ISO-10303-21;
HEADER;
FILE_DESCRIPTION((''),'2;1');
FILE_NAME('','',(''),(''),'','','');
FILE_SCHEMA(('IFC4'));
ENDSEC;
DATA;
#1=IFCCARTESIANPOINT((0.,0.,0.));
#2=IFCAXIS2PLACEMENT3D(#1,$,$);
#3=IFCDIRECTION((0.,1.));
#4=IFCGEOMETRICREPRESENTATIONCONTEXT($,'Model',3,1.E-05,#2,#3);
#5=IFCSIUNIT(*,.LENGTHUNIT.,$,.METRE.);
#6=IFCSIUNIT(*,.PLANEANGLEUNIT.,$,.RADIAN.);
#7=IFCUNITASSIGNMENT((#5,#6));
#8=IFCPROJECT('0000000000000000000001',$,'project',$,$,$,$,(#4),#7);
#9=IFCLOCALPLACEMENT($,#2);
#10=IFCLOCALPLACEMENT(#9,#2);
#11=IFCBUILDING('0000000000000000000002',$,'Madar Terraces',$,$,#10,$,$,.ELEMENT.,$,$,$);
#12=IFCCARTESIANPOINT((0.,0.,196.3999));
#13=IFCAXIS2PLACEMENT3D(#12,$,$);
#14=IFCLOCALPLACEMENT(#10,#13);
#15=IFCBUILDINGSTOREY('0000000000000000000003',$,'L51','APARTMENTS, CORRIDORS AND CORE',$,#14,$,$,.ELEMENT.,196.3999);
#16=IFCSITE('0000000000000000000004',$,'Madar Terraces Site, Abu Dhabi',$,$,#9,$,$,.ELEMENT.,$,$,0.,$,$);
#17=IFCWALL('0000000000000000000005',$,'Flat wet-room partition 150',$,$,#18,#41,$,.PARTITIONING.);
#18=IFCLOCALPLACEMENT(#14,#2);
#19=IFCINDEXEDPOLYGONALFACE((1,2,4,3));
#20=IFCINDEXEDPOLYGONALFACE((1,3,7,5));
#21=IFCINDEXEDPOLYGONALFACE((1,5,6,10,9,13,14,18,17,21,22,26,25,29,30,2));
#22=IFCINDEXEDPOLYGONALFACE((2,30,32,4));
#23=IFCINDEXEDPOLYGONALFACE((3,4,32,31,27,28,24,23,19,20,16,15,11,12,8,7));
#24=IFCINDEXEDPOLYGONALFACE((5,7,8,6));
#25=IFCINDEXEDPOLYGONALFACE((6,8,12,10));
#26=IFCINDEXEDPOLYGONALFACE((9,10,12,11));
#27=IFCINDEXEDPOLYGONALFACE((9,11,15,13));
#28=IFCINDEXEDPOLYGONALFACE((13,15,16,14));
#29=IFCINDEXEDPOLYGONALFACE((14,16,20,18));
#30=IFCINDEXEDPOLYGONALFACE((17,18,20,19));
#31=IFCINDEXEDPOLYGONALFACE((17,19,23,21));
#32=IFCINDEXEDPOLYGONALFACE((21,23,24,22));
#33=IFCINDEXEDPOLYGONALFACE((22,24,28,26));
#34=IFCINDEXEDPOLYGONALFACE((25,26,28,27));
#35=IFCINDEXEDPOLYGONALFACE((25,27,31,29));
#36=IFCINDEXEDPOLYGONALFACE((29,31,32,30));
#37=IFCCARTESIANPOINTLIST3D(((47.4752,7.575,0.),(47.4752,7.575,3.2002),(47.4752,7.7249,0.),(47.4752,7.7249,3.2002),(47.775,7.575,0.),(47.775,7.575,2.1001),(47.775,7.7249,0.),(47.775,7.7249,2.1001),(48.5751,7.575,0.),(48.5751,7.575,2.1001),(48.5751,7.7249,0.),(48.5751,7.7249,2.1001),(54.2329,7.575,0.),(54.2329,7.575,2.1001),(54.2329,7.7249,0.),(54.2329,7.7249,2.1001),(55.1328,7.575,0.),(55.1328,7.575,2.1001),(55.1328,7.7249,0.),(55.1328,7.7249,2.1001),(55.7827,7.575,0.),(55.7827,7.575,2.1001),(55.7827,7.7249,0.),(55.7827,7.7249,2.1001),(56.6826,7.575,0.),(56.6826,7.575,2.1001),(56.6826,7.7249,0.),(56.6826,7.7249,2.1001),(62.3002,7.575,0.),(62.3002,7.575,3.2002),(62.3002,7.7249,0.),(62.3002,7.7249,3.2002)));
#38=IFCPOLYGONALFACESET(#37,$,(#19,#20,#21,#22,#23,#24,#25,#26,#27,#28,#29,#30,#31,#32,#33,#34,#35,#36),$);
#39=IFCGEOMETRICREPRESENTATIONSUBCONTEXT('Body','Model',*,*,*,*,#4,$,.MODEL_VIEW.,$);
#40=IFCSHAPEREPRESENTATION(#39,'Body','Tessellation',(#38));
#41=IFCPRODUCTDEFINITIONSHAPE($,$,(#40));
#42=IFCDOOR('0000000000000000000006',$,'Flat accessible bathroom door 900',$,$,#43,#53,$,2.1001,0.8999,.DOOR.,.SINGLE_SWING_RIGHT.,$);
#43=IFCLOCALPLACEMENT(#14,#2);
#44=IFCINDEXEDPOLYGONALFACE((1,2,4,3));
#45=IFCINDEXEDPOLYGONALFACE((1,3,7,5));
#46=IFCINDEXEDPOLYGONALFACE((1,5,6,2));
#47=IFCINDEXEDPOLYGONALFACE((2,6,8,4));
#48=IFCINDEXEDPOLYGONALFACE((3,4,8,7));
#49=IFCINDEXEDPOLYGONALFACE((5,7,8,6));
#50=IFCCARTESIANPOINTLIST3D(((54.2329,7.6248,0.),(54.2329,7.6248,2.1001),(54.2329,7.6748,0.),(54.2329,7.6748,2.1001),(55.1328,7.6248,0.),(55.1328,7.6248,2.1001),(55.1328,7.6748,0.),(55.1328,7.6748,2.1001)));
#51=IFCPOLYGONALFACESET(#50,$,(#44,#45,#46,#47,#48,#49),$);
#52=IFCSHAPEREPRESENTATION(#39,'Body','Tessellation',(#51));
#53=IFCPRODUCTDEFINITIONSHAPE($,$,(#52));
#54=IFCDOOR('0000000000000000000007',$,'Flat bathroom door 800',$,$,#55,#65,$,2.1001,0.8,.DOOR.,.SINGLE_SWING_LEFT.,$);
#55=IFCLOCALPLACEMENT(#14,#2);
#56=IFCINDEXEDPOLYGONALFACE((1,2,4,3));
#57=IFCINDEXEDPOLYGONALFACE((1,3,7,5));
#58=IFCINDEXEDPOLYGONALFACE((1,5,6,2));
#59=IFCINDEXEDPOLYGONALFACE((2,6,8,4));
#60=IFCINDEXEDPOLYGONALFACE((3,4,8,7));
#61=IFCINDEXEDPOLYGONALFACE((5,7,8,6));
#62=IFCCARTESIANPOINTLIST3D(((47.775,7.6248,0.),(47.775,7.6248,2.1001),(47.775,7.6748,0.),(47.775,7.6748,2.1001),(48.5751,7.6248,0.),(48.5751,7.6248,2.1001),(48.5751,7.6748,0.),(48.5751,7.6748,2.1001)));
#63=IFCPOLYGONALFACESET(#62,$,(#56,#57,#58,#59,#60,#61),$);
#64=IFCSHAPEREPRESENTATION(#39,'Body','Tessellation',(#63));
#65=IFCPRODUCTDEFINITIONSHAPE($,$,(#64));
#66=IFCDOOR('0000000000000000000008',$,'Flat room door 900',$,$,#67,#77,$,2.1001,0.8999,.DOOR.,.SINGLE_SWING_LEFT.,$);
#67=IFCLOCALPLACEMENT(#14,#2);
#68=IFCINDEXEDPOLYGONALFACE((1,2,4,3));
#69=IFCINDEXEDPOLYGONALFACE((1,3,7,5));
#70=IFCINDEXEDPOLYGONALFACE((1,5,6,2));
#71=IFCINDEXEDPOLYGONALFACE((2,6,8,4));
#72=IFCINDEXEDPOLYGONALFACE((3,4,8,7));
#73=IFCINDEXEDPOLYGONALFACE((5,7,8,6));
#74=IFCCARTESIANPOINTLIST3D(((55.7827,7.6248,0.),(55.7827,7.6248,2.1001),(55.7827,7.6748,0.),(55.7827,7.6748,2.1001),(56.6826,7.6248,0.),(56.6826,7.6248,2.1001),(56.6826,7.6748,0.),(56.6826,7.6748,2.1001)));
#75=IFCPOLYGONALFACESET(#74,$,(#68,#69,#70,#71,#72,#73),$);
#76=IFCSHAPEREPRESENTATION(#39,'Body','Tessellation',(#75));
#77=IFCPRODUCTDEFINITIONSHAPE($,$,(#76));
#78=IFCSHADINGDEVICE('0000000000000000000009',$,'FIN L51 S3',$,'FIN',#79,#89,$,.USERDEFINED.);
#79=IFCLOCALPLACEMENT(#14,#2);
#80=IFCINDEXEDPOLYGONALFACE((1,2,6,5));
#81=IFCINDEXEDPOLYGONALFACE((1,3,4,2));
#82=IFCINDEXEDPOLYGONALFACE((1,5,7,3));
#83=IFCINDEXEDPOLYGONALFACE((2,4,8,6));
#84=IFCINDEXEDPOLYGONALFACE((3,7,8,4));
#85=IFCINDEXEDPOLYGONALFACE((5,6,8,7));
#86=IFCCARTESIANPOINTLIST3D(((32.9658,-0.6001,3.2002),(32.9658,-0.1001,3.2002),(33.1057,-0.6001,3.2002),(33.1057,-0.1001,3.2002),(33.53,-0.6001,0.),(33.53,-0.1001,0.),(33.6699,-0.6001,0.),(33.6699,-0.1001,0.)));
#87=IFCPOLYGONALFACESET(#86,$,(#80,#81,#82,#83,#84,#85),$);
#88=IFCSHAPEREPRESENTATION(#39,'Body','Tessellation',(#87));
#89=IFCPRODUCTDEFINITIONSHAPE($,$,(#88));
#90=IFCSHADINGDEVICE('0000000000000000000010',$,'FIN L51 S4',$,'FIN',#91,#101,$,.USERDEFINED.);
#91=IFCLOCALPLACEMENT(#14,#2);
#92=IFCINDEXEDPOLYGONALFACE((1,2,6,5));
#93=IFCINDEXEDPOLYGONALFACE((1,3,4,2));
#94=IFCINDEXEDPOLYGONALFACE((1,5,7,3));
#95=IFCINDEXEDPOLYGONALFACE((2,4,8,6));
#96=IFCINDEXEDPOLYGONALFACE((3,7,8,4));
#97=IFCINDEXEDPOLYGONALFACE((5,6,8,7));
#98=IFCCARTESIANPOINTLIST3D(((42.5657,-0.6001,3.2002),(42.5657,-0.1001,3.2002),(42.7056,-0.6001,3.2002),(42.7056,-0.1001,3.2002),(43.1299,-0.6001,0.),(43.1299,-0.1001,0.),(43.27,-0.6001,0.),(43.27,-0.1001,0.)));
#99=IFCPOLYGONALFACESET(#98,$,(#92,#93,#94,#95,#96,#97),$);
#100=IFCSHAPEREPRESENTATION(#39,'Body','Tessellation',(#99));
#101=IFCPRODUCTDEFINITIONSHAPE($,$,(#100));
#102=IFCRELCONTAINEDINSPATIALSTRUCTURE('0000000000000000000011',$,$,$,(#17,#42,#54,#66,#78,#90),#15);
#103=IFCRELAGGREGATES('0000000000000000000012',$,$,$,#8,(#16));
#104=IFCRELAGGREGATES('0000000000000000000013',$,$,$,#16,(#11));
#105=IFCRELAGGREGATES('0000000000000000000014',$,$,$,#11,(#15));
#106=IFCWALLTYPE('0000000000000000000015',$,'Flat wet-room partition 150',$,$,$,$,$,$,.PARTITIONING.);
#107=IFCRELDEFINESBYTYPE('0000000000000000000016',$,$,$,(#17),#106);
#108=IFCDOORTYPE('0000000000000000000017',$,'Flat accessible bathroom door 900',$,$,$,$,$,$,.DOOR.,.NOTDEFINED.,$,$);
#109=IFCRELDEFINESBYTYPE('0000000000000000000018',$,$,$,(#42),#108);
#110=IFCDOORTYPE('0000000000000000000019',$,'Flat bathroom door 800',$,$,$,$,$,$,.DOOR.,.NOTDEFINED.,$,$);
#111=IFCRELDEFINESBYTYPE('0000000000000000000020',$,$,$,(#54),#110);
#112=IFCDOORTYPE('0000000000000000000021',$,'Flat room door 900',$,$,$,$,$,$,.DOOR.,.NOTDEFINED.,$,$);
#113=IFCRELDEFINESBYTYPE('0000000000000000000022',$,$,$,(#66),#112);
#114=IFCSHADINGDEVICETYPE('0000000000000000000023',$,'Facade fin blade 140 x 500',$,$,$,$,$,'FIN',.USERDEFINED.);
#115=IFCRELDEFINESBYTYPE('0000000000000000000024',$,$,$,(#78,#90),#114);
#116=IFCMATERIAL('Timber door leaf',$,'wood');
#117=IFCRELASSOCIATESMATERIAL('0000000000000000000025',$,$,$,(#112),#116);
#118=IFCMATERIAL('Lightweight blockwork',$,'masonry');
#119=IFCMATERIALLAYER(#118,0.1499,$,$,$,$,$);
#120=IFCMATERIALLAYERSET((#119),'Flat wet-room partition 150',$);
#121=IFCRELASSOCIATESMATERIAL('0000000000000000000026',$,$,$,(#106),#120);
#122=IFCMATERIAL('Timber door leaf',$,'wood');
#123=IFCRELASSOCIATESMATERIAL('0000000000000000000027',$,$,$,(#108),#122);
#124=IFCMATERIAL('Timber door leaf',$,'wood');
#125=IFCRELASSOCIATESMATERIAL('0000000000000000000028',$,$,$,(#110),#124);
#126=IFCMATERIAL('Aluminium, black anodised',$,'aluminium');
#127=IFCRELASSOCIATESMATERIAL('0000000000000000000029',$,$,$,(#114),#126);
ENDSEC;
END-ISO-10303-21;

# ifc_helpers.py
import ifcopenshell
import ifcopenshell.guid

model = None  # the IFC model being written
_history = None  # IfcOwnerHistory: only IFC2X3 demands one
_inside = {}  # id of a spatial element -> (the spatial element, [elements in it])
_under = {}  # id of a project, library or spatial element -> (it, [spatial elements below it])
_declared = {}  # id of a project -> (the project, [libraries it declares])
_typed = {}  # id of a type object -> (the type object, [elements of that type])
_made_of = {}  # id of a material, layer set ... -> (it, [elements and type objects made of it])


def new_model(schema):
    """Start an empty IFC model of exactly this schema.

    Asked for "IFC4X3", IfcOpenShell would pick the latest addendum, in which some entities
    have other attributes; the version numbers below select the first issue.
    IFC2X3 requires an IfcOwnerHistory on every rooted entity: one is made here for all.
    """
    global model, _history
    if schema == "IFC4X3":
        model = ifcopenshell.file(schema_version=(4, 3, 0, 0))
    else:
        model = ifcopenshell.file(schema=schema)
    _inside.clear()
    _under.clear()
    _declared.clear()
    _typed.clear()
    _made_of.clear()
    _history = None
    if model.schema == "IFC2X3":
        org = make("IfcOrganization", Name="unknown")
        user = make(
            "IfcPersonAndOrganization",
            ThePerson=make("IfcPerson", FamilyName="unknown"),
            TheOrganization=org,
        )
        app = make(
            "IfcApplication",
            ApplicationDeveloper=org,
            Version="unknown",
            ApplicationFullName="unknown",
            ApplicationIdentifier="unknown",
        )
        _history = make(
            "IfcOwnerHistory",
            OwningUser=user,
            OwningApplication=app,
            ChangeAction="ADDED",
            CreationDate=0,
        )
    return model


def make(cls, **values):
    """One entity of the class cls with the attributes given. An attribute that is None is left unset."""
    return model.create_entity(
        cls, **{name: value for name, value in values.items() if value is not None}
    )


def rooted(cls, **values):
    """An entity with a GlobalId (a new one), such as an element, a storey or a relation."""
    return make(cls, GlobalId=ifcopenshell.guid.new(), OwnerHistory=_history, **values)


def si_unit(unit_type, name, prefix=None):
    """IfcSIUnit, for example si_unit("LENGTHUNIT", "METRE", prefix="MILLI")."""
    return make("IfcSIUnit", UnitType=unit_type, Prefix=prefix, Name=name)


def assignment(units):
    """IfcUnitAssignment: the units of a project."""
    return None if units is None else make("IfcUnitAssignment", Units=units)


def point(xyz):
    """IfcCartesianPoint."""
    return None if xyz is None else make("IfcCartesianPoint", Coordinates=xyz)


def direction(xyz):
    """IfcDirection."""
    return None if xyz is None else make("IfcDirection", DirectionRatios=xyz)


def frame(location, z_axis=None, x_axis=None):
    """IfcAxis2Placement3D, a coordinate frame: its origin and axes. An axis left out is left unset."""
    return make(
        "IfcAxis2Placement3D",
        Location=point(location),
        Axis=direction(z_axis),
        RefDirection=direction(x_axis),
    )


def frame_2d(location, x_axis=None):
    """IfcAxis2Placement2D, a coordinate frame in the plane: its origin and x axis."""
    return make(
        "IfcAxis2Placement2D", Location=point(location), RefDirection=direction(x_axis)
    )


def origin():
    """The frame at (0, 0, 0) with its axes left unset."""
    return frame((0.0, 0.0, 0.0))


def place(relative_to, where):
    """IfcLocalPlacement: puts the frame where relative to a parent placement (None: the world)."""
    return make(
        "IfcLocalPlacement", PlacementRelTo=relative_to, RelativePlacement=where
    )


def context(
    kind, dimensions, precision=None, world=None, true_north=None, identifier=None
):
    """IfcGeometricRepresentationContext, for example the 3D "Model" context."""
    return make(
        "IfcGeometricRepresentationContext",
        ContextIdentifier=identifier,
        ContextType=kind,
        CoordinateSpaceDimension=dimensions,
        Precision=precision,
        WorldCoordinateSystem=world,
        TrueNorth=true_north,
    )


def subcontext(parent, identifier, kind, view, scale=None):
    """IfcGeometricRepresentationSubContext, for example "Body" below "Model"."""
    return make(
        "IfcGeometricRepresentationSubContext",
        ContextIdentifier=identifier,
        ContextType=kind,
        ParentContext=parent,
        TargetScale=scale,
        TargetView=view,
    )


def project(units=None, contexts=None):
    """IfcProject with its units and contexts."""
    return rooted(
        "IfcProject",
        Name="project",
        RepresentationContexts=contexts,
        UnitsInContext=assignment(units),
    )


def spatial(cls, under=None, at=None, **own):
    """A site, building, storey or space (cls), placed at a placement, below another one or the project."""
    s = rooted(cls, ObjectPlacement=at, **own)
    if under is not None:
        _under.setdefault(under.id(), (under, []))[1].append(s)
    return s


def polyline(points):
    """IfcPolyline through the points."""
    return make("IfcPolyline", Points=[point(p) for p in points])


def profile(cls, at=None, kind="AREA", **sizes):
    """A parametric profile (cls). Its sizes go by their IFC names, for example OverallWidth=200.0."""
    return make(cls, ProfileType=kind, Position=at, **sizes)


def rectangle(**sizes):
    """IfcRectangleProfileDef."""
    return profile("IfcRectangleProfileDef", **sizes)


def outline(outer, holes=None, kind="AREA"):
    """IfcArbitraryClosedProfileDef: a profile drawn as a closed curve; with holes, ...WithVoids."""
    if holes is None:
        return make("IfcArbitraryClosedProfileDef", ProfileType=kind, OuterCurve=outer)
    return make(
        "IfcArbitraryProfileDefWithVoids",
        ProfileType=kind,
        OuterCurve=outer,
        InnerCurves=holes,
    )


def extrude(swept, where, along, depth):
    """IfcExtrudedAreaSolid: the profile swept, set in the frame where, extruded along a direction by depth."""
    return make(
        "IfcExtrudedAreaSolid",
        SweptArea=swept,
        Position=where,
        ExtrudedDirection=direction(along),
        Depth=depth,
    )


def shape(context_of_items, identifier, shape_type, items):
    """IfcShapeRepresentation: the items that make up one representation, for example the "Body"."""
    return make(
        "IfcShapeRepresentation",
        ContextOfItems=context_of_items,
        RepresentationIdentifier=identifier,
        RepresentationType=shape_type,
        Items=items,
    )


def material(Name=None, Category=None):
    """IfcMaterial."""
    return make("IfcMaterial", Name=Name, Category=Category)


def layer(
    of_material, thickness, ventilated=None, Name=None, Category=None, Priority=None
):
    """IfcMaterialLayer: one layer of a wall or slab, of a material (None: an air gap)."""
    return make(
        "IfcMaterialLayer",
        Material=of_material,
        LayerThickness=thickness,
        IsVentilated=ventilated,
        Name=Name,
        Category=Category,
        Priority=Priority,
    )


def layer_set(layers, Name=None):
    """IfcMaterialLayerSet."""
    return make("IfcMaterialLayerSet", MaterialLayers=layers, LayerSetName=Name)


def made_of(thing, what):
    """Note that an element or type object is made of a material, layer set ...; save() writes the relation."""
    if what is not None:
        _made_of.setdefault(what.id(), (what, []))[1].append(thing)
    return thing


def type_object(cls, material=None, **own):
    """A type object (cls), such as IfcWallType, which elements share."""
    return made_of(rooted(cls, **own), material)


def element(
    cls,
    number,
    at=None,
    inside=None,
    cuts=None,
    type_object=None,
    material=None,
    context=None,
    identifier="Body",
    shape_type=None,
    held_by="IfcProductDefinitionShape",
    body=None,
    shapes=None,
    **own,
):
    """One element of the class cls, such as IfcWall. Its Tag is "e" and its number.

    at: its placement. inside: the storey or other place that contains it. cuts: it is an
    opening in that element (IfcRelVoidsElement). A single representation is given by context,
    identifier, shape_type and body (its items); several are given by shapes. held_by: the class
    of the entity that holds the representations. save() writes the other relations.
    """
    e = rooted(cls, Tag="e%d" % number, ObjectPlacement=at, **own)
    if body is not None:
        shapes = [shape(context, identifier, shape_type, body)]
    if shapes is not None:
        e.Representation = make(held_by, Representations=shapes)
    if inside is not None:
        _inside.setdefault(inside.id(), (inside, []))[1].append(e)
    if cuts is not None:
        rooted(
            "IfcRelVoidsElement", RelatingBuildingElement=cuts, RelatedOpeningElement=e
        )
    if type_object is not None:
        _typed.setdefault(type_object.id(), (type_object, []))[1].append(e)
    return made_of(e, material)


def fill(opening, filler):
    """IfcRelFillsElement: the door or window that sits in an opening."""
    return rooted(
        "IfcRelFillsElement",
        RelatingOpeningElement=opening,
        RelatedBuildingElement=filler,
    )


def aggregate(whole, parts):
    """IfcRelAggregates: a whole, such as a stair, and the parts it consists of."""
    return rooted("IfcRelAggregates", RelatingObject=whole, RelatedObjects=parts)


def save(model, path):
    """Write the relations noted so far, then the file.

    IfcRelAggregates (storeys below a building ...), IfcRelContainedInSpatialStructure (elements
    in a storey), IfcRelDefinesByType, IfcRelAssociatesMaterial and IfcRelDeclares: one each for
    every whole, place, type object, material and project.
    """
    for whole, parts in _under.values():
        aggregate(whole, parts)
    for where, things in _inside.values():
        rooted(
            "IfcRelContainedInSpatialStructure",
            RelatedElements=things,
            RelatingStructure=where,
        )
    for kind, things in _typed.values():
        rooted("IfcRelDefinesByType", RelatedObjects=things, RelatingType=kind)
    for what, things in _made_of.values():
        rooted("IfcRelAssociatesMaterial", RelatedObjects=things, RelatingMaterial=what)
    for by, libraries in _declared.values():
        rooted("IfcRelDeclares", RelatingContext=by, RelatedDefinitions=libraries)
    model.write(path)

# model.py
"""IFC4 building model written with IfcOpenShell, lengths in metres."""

from ifc_helpers import new_model, si_unit, direction, frame, frame_2d, origin, place, context, subcontext, project, spatial, polyline, rectangle, outline, extrude, material, layer, layer_set, type_object, element, fill, save


model = new_model("IFC4")

# Units and contexts
model_context = context("Model", 3, precision=1e-05, world=origin(), true_north=direction((0.0, 1.0)))
body_context = subcontext(model_context, "Body", "Model", "MODEL_VIEW")
ifc_project = project(units=[si_unit("LENGTHUNIT", "METRE"), si_unit("PLANEANGLEUNIT", "RADIAN")], contexts=[model_context])

# Site, building, storey
site_placement = place(None, origin())
site = spatial("IfcSite", under=ifc_project, at=site_placement, Name="Madar Terraces Site, Abu Dhabi", CompositionType="ELEMENT", RefElevation=0.0)
building_placement = place(site_placement, origin())
building = spatial("IfcBuilding", under=site, at=building_placement, Name="Madar Terraces", CompositionType="ELEMENT")
storey_placement = place(building_placement, frame((0.0, 0.0, 196.3999)))
storey = spatial("IfcBuildingStorey", under=building, at=storey_placement, Name="L51", Description="APARTMENTS, CORRIDORS AND CORE", CompositionType="ELEMENT", Elevation=196.3999)

# Shared definitions
ifc_material_1 = material(Name="Timber door leaf", Category="wood")
door_type_1 = type_object("IfcDoorType", Name="Flat room door 900", OperationType="NOTDEFINED", PredefinedType="DOOR", material=ifc_material_1)

# Shared definitions
ifc_material_2 = material(Name="Lightweight blockwork", Category="masonry")
ifc_layer_1 = layer(ifc_material_2, 0.1499)
ifc_layer_set_1 = layer_set([ifc_layer_1], Name="Flat wet-room partition 150")
wall_type_1 = type_object("IfcWallType", Name="Flat wet-room partition 150", PredefinedType="PARTITIONING", material=ifc_layer_set_1)

# Wall, openings, doors
wall_1_placement = place(storey_placement, frame((47.4751, 7.6499, 0.0), z_axis=(0.0, 0.0, 1.0), x_axis=(1.0, 0.0, 0.0)))
wall_1 = element("IfcWall", 1, at=wall_1_placement, inside=storey, type_object=wall_type_1, Name="Flat wet-room partition 150", PredefinedType="PARTITIONING", context=body_context, shape_type="SweptSolid", body=[
    extrude(rectangle(XDim=14.825, YDim=0.1499, at=frame_2d((7.4126, 0.0))), origin(), (0.0, 0.0, 1.0), 3.2002),
])
opening_1_placement = place(wall_1_placement, frame((0.3, 0.0, 0.0)))
opening_1 = element("IfcOpeningElement", 2, at=opening_1_placement, cuts=wall_1, PredefinedType="OPENING", context=body_context, shape_type="SweptSolid", body=[
    extrude(rectangle(XDim=0.8, YDim=2.1001, at=frame_2d((0.3999, 1.05))), frame((0.0, 0.085, 0.0), z_axis=(0.0, -1.0, 0.0), x_axis=(1.0, 0.0, 0.0)), (0.0, 0.0, 1.0), 0.1699),
])
opening_2_placement = place(wall_1_placement, frame((6.7578, 0.0, 0.0)))
opening_2 = element("IfcOpeningElement", 3, at=opening_2_placement, cuts=wall_1, PredefinedType="OPENING", context=body_context, shape_type="SweptSolid", body=[
    extrude(rectangle(XDim=0.8999, YDim=2.1001, at=frame_2d((0.45, 1.05))), frame((0.0, 0.085, 0.0), z_axis=(0.0, -1.0, 0.0), x_axis=(1.0, 0.0, 0.0)), (0.0, 0.0, 1.0), 0.1699),
])
opening_3_placement = place(wall_1_placement, frame((8.3076, 0.0, 0.0)))
opening_3 = element("IfcOpeningElement", 4, at=opening_3_placement, cuts=wall_1, PredefinedType="OPENING", context=body_context, shape_type="SweptSolid", body=[
    extrude(rectangle(XDim=0.8999, YDim=2.1001, at=frame_2d((0.45, 1.05))), frame((0.0, 0.085, 0.0), z_axis=(0.0, -1.0, 0.0), x_axis=(1.0, 0.0, 0.0)), (0.0, 0.0, 1.0), 0.1699),
])
ifc_material_3 = material(Name="Timber door leaf", Category="wood")
door_type_2 = type_object("IfcDoorType", Name="Flat accessible bathroom door 900", OperationType="NOTDEFINED", PredefinedType="DOOR", material=ifc_material_3)
door_1_placement = place(opening_2_placement, origin())
door_1 = element("IfcDoor", 5, at=door_1_placement, inside=storey, type_object=door_type_2, Name="Flat accessible bathroom door 900", OperationType="SINGLE_SWING_RIGHT", OverallHeight=2.1001, OverallWidth=0.8999, PredefinedType="DOOR", context=body_context, shape_type="SweptSolid", body=[
    extrude(rectangle(XDim=0.8999, YDim=2.1001, at=frame_2d((0.45, 1.05))), frame((0.0, 0.0249, 0.0), z_axis=(0.0, -1.0, 0.0), x_axis=(1.0, 0.0, 0.0)), (0.0, 0.0, 1.0), 0.05),
])
fill(opening_2, door_1)
ifc_material_4 = material(Name="Timber door leaf", Category="wood")
door_type_3 = type_object("IfcDoorType", Name="Flat bathroom door 800", OperationType="NOTDEFINED", PredefinedType="DOOR", material=ifc_material_4)
door_2_placement = place(opening_1_placement, origin())
door_2 = element("IfcDoor", 6, at=door_2_placement, inside=storey, type_object=door_type_3, Name="Flat bathroom door 800", OperationType="SINGLE_SWING_LEFT", OverallHeight=2.1001, OverallWidth=0.8, PredefinedType="DOOR", context=body_context, shape_type="SweptSolid", body=[
    extrude(rectangle(XDim=0.8, YDim=2.1001, at=frame_2d((0.3999, 1.05))), frame((0.0, 0.0249, 0.0), z_axis=(0.0, -1.0, 0.0), x_axis=(1.0, 0.0, 0.0)), (0.0, 0.0, 1.0), 0.05),
])
fill(opening_1, door_2)
door_3_placement = place(opening_3_placement, origin())
door_3 = element("IfcDoor", 7, at=door_3_placement, inside=storey, type_object=door_type_1, Name="Flat room door 900", OperationType="SINGLE_SWING_LEFT", OverallHeight=2.1001, OverallWidth=0.8999, PredefinedType="DOOR", context=body_context, shape_type="SweptSolid", body=[
    extrude(rectangle(XDim=0.8999, YDim=2.1001, at=frame_2d((0.45, 1.05))), frame((0.0, 0.0249, 0.0), z_axis=(0.0, -1.0, 0.0), x_axis=(1.0, 0.0, 0.0)), (0.0, 0.0, 1.0), 0.05),
])
fill(opening_3, door_3)

# Shading devices
ifc_material_5 = material(Name="Aluminium, black anodised", Category="aluminium")
shading_device_type = type_object("IfcShadingDeviceType", Name="Facade fin blade 140 x 500", ElementType="FIN", PredefinedType="USERDEFINED", material=ifc_material_5)
shading_device_1_placement = place(storey_placement, frame((33.53, -0.3501, 0.0), z_axis=(0.0, 0.0, 1.0), x_axis=(1.0, 0.0, 0.0)))
element("IfcShadingDevice", 8, at=shading_device_1_placement, inside=storey, type_object=shading_device_type, Name="FIN L51 S3", ObjectType="FIN", PredefinedType="USERDEFINED", context=body_context, shape_type="SweptSolid", body=[
    extrude(outline(polyline([(0.0, 0.0), (0.1399, 0.0), (-0.4243, 3.2002), (-0.5642, 3.2002), (0.0, 0.0)])), frame((0.0, 0.25, 0.0), z_axis=(0.0, -1.0, 0.0), x_axis=(1.0, 0.0, 0.0)), (0.0, 0.0, 1.0), 0.5),
])
shading_device_2_placement = place(storey_placement, frame((43.1299, -0.3501, 0.0), z_axis=(0.0, 0.0, 1.0), x_axis=(1.0, 0.0, 0.0)))
element("IfcShadingDevice", 9, at=shading_device_2_placement, inside=storey, type_object=shading_device_type, Name="FIN L51 S4", ObjectType="FIN", PredefinedType="USERDEFINED", context=body_context, shape_type="SweptSolid", body=[
    extrude(outline(polyline([(0.0, 0.0), (0.1401, 0.0), (-0.4243, 3.2002), (-0.5642, 3.2002), (0.0, 0.0)])), frame((0.0, 0.25, 0.0), z_axis=(0.0, -1.0, 0.0), x_axis=(1.0, 0.0, 0.0)), (0.0, 0.0, 1.0), 0.5),
])

save(model, "model.ifc")
